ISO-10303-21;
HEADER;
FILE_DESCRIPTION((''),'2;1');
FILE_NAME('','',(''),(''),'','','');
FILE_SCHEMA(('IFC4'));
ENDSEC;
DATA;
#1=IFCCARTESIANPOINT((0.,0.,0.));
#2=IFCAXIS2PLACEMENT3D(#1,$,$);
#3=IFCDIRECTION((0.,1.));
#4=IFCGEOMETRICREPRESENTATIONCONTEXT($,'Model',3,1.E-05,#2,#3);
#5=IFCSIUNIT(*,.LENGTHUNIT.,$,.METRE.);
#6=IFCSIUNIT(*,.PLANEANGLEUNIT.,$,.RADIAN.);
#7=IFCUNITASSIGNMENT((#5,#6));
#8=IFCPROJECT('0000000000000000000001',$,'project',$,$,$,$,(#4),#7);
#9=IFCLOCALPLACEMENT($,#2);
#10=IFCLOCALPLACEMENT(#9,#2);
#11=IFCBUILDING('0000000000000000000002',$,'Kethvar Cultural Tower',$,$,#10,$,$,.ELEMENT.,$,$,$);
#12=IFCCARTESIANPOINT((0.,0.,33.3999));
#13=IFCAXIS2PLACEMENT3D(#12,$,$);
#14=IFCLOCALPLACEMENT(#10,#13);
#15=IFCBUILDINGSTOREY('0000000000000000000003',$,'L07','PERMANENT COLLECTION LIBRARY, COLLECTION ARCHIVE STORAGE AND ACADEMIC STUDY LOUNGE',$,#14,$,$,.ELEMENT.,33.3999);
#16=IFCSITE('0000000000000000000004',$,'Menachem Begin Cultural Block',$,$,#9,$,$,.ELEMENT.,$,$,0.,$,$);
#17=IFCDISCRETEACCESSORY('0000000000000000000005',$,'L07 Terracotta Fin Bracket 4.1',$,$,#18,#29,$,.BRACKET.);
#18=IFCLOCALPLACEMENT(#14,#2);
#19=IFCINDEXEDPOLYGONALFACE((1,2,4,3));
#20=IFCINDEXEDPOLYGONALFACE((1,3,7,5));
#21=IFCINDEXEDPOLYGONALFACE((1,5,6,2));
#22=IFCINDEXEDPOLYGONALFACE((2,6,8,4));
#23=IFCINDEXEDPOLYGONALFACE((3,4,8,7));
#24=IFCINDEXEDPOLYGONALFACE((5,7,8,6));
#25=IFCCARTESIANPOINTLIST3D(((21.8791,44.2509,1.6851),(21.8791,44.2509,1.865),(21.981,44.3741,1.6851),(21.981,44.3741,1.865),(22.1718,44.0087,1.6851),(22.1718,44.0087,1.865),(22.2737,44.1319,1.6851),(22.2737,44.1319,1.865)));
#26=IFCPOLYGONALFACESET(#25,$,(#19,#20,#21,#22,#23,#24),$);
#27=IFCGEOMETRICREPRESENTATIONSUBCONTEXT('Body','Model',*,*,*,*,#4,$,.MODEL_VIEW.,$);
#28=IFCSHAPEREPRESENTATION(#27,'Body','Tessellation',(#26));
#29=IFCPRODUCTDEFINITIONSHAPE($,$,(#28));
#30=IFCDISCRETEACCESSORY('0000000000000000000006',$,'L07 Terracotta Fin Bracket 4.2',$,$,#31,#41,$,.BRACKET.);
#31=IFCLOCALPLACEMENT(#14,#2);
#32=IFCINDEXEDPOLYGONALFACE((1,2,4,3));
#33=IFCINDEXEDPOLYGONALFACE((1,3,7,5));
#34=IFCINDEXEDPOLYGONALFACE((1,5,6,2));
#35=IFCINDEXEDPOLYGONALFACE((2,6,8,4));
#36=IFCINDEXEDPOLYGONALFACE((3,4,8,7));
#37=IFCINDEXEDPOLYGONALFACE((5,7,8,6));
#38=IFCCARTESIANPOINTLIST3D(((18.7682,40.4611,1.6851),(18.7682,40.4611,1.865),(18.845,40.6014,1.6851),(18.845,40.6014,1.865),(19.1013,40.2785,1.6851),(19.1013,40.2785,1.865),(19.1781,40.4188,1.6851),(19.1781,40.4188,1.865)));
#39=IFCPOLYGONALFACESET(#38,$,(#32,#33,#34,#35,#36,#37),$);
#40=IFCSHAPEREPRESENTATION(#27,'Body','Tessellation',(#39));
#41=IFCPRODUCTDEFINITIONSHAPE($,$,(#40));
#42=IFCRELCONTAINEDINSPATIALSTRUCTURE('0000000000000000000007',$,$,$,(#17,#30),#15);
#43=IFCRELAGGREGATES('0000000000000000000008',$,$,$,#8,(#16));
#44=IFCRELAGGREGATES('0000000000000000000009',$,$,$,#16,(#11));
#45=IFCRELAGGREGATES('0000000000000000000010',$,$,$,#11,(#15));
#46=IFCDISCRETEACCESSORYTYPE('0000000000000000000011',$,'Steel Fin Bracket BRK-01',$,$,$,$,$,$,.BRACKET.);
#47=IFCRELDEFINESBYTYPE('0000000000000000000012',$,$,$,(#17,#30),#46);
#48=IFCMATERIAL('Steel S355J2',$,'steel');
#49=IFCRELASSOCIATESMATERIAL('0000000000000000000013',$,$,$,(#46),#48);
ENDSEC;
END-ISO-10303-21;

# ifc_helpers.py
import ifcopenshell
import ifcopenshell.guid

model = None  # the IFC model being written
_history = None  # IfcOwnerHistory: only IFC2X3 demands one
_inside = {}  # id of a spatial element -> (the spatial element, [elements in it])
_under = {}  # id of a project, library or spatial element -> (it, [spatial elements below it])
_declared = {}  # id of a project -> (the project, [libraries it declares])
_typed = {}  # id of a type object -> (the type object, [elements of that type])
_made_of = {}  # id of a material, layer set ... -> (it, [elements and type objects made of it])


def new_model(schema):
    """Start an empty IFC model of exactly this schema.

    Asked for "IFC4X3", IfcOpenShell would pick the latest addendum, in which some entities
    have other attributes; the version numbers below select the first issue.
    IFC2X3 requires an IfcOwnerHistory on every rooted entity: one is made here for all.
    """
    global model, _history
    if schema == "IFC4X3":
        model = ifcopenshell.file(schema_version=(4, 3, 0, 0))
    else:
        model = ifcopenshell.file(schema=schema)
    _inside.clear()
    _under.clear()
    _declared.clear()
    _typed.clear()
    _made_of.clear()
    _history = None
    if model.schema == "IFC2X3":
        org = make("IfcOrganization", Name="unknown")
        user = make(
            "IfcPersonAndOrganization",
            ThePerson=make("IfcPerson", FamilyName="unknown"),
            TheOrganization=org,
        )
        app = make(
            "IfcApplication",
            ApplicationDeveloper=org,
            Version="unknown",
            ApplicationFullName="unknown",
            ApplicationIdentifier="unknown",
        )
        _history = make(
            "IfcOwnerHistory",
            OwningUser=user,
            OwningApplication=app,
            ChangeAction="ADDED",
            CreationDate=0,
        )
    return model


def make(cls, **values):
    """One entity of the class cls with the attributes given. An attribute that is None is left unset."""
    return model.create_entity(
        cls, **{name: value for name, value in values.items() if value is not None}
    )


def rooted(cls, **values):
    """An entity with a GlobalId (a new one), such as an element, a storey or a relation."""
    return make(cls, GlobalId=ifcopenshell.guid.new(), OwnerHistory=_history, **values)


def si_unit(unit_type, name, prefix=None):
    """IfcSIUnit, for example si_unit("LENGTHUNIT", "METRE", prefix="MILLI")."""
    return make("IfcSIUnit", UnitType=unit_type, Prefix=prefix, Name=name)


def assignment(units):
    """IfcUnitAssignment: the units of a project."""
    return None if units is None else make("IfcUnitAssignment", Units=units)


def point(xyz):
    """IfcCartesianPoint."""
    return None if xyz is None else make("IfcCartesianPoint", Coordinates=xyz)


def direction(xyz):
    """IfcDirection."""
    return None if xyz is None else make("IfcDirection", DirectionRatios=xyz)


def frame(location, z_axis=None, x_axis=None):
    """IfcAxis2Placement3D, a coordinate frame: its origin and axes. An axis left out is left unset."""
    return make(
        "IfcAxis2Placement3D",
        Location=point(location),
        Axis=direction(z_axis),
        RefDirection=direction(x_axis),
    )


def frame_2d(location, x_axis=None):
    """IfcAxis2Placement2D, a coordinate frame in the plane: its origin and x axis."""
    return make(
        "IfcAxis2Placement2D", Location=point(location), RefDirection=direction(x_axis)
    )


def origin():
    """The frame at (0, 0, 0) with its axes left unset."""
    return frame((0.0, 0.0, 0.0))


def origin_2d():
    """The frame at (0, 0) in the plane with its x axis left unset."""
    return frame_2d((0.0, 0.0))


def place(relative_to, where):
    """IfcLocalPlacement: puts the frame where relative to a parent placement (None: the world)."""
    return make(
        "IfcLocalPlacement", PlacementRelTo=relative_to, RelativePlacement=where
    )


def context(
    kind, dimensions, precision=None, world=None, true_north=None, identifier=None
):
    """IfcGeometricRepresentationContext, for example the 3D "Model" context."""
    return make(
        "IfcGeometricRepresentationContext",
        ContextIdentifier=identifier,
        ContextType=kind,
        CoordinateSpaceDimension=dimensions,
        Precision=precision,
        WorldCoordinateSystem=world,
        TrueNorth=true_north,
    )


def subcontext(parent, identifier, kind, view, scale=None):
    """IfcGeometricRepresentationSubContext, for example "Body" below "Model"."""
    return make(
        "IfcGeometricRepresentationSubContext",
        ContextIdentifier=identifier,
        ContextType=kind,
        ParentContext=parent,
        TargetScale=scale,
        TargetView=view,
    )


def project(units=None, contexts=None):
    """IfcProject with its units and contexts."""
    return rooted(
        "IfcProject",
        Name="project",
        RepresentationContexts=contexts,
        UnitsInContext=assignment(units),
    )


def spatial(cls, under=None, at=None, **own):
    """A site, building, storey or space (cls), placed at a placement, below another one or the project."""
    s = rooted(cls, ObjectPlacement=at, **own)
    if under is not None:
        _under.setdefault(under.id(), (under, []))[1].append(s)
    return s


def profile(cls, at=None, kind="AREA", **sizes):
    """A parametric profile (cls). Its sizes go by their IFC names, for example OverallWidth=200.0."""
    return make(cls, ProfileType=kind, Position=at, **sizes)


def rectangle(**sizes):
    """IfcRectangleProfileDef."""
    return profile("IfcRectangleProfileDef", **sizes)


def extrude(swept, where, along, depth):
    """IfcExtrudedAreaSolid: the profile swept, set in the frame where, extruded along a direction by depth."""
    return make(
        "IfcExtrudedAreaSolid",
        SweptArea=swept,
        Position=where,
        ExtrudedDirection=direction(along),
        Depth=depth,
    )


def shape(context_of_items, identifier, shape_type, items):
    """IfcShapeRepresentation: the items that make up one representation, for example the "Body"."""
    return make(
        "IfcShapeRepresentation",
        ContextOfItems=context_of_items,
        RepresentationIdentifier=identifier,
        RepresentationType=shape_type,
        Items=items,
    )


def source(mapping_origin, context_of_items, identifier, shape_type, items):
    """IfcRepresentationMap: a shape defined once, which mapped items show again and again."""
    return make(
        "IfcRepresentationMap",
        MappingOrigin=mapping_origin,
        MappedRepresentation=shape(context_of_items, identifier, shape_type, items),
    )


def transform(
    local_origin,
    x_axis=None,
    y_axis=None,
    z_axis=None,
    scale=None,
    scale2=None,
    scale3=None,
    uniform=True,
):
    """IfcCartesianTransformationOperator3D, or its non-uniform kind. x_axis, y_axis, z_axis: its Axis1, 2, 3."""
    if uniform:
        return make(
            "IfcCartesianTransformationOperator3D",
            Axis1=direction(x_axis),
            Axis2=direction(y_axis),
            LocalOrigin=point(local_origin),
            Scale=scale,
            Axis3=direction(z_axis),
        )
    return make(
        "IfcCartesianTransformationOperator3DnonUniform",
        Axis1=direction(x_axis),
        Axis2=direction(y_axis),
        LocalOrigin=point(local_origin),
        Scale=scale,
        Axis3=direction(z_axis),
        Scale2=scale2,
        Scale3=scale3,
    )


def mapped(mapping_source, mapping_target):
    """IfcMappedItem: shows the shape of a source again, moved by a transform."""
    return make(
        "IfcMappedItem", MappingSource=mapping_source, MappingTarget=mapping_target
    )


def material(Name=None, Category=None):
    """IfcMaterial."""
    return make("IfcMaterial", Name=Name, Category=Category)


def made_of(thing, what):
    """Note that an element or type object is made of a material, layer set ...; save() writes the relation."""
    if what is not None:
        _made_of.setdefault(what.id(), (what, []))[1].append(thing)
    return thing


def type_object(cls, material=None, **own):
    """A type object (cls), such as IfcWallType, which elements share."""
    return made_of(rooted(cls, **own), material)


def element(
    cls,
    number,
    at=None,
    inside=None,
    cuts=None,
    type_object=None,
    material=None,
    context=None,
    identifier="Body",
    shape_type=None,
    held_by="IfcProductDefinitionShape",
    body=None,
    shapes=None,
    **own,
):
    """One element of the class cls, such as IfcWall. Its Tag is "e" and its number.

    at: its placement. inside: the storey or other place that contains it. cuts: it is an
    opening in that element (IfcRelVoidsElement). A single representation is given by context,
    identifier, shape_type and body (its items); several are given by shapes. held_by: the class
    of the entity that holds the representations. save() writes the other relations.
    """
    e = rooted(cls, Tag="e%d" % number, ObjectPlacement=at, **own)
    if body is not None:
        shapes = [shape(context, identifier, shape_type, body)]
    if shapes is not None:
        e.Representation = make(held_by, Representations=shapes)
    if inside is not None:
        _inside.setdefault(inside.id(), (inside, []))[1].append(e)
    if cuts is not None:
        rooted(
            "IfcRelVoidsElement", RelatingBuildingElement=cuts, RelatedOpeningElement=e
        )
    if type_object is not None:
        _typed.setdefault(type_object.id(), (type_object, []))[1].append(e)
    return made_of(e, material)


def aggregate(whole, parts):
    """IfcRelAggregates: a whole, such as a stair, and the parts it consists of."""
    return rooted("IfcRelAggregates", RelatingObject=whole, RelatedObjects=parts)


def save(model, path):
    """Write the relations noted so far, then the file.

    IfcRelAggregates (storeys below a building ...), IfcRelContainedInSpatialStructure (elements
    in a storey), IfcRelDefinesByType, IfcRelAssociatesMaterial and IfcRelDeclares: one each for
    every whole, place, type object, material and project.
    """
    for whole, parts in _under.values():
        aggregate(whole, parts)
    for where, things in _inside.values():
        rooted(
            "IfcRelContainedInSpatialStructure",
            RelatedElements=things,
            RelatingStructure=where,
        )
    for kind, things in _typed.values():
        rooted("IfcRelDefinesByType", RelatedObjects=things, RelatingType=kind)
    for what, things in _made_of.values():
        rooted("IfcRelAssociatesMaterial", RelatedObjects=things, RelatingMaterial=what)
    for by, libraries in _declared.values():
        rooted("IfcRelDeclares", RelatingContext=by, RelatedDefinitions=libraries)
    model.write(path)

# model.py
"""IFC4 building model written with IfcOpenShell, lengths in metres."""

from ifc_helpers import new_model, si_unit, direction, frame, origin, origin_2d, place, context, subcontext, project, spatial, rectangle, extrude, source, transform, mapped, material, type_object, element, save


model = new_model("IFC4")

# Units and contexts
model_context = context("Model", 3, precision=1e-05, world=origin(), true_north=direction((0.0, 1.0)))
body_context = subcontext(model_context, "Body", "Model", "MODEL_VIEW")
ifc_project = project(units=[si_unit("LENGTHUNIT", "METRE"), si_unit("PLANEANGLEUNIT", "RADIAN")], contexts=[model_context])

# Site, building, storey
site_placement = place(None, origin())
site = spatial("IfcSite", under=ifc_project, at=site_placement, Name="Menachem Begin Cultural Block", CompositionType="ELEMENT", RefElevation=0.0)
building_placement = place(site_placement, origin())
building = spatial("IfcBuilding", under=site, at=building_placement, Name="Kethvar Cultural Tower", CompositionType="ELEMENT")
storey_placement = place(building_placement, frame((0.0, 0.0, 33.3999)))
storey = spatial("IfcBuildingStorey", under=building, at=storey_placement, Name="L07", Description="PERMANENT COLLECTION LIBRARY, COLLECTION ARCHIVE STORAGE AND ACADEMIC STUDY LOUNGE", CompositionType="ELEMENT", Elevation=33.3999)

# Shared definitions
ifc_material_1 = material(Name="Steel S355J2", Category="steel")

# Discrete accessories
discrete_accessory_type = type_object("IfcDiscreteAccessoryType", Name="Steel Fin Bracket BRK-01", PredefinedType="BRACKET", material=ifc_material_1)
shared_shape_1 = source(origin(), body_context, "Body", "SweptSolid", [
    extrude(rectangle(XDim=0.3799, YDim=0.1599, at=origin_2d()), origin(), (0.0, 0.0, 1.0), 0.1799),
])
for number, where, z_axis, x_axis, name in (
    (1, (22.0764, 44.1914, 1.6851), (0.0, 0.0, 1.0), (-0.770513, 0.637424, 0.0), "L07 Terracotta Fin Bracket 4.1"),
    (2, (18.9731, 40.4399, 1.6851), (0.0, 0.0, 1.0), (-0.876895, 0.480683, 0.0), "L07 Terracotta Fin Bracket 4.2"),
):
    element("IfcDiscreteAccessory", number, at=place(storey_placement, frame(where, z_axis=z_axis, x_axis=x_axis)), inside=storey, type_object=discrete_accessory_type, Name=name, PredefinedType="BRACKET", context=body_context, shape_type="MappedRepresentation", body=[
        mapped(shared_shape_1, transform((0.0, 0.0, 0.0), scale=1.0)),
    ])

save(model, "model.ifc")
